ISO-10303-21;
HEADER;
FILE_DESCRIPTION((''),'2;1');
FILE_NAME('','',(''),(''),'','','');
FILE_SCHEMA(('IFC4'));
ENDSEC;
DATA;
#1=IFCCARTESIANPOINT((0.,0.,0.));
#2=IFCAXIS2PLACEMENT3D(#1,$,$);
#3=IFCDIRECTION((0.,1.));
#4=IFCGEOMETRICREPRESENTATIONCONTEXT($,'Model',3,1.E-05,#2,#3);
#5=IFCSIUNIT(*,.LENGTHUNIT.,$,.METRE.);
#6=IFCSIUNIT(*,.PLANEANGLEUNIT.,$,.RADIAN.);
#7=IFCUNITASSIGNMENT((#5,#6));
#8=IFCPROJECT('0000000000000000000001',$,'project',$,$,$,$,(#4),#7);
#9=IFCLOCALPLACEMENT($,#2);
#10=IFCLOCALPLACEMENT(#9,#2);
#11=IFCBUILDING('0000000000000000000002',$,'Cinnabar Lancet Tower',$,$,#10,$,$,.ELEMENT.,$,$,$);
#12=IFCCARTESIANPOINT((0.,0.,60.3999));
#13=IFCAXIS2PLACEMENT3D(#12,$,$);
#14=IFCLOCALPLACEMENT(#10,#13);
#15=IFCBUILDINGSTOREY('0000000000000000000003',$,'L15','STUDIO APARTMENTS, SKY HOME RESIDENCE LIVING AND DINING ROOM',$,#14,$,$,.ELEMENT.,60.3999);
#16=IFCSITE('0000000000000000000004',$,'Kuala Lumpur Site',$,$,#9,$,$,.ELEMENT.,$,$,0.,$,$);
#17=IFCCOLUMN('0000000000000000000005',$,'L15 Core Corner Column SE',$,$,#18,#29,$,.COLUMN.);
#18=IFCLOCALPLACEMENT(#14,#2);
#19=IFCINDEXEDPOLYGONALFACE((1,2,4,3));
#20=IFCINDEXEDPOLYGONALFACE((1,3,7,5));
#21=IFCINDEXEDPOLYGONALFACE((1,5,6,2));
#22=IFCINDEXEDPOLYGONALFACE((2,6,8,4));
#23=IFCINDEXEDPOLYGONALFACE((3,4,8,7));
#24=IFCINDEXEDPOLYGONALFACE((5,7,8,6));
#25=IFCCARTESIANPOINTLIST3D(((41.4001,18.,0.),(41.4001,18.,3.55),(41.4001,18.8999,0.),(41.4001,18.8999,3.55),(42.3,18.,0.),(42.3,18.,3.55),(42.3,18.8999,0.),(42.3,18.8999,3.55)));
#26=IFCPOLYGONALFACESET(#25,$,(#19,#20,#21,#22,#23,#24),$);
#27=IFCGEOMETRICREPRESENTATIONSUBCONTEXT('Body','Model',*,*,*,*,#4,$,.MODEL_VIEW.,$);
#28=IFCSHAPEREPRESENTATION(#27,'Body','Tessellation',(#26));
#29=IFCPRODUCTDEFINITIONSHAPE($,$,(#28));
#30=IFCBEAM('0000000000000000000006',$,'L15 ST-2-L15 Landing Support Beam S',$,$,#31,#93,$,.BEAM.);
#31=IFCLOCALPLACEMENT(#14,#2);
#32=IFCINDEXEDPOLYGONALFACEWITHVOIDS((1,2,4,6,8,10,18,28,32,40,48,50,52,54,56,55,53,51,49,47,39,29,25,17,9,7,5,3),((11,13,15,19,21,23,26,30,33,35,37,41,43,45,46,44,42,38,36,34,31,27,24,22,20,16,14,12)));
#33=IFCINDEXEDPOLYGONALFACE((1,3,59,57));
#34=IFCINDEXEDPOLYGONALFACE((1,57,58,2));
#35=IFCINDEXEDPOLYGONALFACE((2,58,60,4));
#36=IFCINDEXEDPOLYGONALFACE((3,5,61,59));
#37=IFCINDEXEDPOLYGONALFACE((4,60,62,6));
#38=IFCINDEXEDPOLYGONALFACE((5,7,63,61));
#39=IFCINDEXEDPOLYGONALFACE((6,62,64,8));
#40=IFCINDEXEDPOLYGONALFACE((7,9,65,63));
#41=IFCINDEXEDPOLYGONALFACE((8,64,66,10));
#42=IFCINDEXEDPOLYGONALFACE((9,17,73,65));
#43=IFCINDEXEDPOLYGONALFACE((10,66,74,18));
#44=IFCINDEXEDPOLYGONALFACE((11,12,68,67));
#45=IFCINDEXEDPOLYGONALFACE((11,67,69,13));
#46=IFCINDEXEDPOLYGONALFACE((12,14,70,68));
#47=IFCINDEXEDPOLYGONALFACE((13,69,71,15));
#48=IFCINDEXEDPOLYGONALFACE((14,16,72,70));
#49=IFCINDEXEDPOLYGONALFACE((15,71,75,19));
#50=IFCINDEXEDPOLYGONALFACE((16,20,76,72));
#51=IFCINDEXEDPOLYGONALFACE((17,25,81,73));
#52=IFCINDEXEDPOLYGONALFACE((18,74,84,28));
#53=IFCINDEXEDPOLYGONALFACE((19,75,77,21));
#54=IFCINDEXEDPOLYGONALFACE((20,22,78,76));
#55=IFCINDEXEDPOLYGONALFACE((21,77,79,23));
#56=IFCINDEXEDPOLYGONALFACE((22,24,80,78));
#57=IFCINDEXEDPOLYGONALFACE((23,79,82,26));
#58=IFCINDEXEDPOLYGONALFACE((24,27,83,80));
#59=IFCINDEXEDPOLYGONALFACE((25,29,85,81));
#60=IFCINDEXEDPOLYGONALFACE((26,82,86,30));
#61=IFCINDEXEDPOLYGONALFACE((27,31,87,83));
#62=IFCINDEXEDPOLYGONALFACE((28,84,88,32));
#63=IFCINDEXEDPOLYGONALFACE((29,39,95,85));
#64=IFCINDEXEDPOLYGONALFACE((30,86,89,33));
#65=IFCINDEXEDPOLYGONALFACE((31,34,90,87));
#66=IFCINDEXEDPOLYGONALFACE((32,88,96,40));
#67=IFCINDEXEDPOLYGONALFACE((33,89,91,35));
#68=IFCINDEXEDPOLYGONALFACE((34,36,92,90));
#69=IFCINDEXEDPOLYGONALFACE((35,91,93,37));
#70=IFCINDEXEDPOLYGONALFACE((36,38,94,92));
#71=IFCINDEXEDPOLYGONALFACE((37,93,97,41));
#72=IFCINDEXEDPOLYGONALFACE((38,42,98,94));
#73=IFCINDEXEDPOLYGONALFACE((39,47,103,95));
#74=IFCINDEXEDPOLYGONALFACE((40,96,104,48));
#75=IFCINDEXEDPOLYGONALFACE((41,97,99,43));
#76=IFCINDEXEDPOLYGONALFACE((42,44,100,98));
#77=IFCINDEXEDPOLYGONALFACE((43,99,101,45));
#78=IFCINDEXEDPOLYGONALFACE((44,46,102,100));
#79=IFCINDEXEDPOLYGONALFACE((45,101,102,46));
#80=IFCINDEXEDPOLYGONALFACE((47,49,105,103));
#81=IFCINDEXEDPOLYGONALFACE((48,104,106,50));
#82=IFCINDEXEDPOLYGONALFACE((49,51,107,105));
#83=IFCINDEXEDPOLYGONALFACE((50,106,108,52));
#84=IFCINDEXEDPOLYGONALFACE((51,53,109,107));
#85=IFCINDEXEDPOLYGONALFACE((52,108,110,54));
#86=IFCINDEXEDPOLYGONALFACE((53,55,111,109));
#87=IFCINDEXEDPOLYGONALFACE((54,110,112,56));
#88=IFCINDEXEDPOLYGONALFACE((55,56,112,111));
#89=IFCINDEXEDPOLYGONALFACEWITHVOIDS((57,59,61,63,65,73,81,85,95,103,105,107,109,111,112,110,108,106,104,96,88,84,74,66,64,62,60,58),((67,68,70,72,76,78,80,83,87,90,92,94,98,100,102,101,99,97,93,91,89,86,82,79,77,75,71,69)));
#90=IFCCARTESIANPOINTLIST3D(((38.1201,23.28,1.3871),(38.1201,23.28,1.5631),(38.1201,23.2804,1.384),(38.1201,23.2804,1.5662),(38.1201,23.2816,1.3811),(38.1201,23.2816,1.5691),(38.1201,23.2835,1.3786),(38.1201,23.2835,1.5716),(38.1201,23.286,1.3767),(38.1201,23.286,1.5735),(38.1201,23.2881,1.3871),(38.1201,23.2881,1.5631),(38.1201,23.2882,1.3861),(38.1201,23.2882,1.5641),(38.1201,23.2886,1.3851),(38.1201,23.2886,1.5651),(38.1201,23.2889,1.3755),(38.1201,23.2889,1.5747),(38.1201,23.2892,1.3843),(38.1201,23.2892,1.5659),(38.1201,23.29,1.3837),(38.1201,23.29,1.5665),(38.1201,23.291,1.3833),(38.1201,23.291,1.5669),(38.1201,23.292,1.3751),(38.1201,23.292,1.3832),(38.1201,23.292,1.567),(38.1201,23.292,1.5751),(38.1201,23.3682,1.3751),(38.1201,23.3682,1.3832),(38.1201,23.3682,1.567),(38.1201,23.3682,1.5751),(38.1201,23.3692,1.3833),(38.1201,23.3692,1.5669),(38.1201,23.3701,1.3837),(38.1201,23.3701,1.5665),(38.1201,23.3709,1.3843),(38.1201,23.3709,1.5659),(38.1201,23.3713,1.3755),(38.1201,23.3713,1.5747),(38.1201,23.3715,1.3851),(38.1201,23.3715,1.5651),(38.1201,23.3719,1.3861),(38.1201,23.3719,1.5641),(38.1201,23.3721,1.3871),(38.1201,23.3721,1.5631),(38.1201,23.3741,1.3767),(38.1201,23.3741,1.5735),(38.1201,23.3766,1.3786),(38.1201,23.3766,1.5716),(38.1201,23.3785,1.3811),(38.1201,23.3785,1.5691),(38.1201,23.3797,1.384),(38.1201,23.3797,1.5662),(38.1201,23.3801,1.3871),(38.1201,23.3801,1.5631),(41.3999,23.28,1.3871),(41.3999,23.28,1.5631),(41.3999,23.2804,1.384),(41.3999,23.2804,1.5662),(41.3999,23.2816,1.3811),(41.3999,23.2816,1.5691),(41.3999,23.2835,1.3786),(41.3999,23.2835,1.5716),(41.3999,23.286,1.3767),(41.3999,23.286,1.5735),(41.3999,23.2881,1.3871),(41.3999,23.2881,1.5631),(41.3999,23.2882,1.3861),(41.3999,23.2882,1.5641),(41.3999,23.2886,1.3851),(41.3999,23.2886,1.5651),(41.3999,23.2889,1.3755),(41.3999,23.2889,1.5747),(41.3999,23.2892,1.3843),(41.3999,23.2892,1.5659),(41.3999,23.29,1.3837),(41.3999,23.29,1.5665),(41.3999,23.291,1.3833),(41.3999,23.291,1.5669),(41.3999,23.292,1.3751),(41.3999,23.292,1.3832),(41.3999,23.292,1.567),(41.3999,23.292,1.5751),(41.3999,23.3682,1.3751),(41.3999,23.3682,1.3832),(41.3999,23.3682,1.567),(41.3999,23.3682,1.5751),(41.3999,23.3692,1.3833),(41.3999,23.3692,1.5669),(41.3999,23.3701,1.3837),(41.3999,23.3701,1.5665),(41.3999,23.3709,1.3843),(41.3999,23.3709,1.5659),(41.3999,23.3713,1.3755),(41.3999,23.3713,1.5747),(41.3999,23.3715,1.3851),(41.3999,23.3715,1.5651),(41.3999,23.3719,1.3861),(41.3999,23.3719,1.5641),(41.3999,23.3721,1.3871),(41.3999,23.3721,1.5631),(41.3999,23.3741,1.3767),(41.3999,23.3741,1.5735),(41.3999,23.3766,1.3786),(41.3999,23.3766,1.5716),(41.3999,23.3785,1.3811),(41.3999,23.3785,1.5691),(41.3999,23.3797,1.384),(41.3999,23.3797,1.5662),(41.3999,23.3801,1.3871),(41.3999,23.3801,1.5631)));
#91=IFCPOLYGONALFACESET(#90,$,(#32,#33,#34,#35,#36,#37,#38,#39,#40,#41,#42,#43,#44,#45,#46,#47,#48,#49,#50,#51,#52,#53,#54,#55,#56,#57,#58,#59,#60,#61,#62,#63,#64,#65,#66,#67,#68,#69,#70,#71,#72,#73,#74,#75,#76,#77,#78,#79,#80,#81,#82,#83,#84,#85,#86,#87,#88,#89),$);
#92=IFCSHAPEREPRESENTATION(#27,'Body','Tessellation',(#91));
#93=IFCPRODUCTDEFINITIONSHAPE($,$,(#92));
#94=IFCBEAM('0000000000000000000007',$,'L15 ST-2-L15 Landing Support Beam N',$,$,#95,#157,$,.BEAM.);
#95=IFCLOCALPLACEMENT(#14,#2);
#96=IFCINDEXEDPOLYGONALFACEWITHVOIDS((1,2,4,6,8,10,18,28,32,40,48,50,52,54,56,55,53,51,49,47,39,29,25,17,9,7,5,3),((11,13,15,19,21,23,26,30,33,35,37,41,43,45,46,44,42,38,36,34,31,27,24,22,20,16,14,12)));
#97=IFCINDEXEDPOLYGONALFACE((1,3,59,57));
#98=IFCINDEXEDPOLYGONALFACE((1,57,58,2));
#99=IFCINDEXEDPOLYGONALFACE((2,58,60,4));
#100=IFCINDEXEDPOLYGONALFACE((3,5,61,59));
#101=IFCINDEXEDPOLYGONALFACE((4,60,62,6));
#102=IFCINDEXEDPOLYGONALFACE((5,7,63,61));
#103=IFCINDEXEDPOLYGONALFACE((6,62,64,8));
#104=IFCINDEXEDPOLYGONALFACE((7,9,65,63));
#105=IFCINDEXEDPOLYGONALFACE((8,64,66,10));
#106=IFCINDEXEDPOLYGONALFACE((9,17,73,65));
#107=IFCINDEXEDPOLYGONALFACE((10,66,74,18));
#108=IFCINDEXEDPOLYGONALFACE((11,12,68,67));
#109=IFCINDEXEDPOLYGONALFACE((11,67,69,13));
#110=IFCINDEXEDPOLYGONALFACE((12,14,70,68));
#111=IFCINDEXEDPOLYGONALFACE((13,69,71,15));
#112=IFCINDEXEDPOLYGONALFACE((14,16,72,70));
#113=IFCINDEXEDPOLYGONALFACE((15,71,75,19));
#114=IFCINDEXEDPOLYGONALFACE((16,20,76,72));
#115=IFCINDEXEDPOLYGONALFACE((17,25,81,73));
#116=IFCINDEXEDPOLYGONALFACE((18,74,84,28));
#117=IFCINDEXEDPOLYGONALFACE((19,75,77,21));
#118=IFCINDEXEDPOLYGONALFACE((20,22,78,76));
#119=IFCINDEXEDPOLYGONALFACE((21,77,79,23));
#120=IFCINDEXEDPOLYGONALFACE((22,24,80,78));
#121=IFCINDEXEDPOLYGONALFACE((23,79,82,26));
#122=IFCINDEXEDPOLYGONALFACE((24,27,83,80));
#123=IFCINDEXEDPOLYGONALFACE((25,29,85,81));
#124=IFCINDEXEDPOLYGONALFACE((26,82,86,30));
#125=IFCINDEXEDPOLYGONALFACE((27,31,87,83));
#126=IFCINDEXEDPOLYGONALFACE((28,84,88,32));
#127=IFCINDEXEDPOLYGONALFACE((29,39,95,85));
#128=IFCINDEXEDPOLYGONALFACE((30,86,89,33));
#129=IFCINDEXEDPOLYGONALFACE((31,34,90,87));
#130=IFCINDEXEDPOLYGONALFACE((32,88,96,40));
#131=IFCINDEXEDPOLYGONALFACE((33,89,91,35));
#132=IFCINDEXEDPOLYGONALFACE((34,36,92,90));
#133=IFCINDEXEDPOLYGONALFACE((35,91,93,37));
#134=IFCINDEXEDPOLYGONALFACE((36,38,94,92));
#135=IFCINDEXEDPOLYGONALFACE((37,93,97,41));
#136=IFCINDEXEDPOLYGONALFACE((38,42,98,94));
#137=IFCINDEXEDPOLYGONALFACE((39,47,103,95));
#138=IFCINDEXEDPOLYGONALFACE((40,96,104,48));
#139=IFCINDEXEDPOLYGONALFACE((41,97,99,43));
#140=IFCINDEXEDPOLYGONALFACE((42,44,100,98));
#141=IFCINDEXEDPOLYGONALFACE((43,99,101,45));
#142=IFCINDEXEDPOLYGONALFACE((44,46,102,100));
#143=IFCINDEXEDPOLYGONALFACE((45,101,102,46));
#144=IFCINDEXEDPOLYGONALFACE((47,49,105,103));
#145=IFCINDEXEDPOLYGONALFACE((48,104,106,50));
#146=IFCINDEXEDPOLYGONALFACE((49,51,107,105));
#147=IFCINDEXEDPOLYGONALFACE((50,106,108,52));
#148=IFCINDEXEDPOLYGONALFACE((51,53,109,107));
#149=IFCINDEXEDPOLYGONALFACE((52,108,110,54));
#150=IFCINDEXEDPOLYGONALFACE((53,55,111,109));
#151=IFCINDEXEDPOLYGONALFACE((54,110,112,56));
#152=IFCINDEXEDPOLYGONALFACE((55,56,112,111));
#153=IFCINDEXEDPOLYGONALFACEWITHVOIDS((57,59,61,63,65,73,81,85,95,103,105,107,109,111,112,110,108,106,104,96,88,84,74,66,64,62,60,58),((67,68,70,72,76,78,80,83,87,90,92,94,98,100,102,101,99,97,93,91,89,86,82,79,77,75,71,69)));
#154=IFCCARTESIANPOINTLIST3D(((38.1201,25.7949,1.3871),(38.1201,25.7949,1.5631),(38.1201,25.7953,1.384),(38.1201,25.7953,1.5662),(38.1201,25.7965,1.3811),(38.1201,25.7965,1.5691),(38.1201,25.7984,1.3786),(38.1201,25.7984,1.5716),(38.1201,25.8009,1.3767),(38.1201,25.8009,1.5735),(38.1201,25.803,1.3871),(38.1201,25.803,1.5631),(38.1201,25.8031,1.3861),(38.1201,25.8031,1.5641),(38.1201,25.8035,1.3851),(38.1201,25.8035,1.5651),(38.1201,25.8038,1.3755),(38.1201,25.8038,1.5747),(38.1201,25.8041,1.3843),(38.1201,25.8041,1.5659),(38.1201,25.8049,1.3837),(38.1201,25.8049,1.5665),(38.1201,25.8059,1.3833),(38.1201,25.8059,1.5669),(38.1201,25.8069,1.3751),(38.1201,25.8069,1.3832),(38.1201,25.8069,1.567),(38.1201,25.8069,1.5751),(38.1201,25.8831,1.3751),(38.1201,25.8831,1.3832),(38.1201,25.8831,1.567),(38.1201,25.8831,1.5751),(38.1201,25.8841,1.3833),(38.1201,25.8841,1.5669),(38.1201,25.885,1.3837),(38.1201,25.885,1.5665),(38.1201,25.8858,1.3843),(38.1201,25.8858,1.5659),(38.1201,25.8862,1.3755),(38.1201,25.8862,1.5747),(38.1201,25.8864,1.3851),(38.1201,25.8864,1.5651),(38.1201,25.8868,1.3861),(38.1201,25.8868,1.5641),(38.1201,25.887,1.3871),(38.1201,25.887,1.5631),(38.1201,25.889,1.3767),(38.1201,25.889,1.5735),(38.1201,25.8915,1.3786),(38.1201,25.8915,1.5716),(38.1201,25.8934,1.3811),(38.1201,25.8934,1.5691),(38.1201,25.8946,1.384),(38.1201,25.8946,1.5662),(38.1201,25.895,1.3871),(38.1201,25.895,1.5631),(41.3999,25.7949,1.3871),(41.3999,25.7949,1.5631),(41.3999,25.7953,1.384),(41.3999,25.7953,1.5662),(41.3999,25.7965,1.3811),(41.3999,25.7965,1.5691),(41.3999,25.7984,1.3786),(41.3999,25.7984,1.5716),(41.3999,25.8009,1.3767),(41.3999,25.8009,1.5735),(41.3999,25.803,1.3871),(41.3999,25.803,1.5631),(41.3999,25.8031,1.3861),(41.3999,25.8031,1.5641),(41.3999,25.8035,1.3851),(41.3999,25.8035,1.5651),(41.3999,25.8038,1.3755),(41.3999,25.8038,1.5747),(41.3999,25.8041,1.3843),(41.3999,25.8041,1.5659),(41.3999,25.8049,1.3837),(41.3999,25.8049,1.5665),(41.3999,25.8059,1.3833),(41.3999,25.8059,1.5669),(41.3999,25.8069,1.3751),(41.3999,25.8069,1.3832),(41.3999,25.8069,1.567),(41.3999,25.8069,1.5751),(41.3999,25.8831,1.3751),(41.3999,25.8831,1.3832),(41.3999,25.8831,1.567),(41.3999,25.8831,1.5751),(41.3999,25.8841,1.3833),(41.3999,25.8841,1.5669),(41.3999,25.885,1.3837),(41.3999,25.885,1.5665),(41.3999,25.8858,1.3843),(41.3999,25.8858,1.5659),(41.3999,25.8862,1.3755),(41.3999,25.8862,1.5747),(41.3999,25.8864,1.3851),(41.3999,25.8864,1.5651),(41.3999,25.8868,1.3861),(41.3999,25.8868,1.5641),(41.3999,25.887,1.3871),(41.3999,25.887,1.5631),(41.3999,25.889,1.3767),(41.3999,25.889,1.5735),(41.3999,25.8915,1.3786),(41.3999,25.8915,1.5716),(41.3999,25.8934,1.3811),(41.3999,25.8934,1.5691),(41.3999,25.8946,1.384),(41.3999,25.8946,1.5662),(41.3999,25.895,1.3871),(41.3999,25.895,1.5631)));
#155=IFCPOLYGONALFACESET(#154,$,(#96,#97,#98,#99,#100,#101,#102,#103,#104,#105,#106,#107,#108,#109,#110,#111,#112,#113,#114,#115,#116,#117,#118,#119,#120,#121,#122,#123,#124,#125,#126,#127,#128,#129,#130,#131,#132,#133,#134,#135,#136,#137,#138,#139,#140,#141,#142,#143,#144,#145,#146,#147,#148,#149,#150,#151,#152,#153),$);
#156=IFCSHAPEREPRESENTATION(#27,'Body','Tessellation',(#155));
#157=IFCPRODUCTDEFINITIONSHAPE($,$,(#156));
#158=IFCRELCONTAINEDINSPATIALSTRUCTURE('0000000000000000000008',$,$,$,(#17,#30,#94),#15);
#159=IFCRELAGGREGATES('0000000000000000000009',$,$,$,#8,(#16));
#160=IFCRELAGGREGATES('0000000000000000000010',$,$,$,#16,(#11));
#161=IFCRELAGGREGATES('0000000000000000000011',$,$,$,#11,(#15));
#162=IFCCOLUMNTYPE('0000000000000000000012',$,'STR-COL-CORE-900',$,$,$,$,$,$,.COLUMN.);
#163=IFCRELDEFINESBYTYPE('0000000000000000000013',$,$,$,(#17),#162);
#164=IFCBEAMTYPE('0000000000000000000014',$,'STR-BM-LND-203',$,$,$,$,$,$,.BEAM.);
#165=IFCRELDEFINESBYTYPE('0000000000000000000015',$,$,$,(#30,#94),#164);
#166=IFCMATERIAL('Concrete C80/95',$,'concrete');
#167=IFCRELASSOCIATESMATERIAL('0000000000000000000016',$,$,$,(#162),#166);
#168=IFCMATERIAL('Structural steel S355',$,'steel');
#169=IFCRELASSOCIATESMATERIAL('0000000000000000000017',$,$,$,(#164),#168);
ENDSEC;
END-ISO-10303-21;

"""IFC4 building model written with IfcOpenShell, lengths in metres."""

from ifc_helpers import new_model, si_unit, direction, frame, origin, origin_2d, place, context, subcontext, project, spatial, rectangle, hollow_rectangle, extrude, material, material_profile, profile_set, type_object, element, save


model = new_model("IFC4")

# Units and contexts
model_context = context("Model", 3, precision=1e-05, world=origin(), true_north=direction((0.0, 1.0)))
body_context = subcontext(model_context, "Body", "Model", "MODEL_VIEW")
ifc_project = project(units=[si_unit("LENGTHUNIT", "METRE"), si_unit("PLANEANGLEUNIT", "RADIAN")], contexts=[model_context])

# Site, building, storey
site_placement = place(None, origin())
site = spatial("IfcSite", under=ifc_project, at=site_placement, Name="Kuala Lumpur Site", CompositionType="ELEMENT", RefElevation=0.0)
building_placement = place(site_placement, origin())
building = spatial("IfcBuilding", under=site, at=building_placement, Name="Cinnabar Lancet Tower", CompositionType="ELEMENT")
storey_placement = place(building_placement, frame((0.0, 0.0, 60.3999)))
storey = spatial("IfcBuildingStorey", under=building, at=storey_placement, Name="L15", Description="STUDIO APARTMENTS, SKY HOME RESIDENCE LIVING AND DINING ROOM", CompositionType="ELEMENT", Elevation=60.3999)

# Column
ifc_material_1 = material(Name="Concrete C80/95", Category="concrete")
ifc_material_profile_1 = material_profile(ifc_material_1, rectangle(XDim=0.8999, YDim=0.8999, at=origin_2d()), Name="RC-COL 900x900")
ifc_profile_set_1 = profile_set([ifc_material_profile_1], Name="Concrete C80/95")
column_type = type_object("IfcColumnType", Name="STR-COL-CORE-900", PredefinedType="COLUMN", material=ifc_profile_set_1)
column_placement = place(storey_placement, frame((41.8501, 18.45, 0.0), z_axis=(0.0, 0.0, 1.0), x_axis=(1.0, 0.0, 0.0)))
element("IfcColumn", 1, at=column_placement, inside=storey, type_object=column_type, Name="L15 Core Corner Column SE", PredefinedType="COLUMN", context=body_context, shape_type="SweptSolid", body=[
    extrude(rectangle(XDim=0.8999, YDim=0.8999, at=origin_2d()), origin(), (0.0, 0.0, 1.0), 3.55),
])

# Beams
ifc_material_2 = material(Name="Structural steel S355", Category="steel")
ifc_material_profile_2 = material_profile(ifc_material_2, hollow_rectangle(XDim=0.1001, YDim=0.2, WallThickness=0.0081, InnerFilletRadius=0.0039, OuterFilletRadius=0.012, at=origin_2d()), Name="RHS 200x100x8")
ifc_profile_set_2 = profile_set([ifc_material_profile_2], Name="Structural steel S355")
beam_type = type_object("IfcBeamType", Name="STR-BM-LND-203", PredefinedType="BEAM", material=ifc_profile_set_2)
for number, where, z_axis, x_axis, name in (
    (2, (38.1201, 23.3301, 1.4751), (1.0, 0.0, 0.0), (0.0, 1.0, 0.0), "L15 ST-2-L15 Landing Support Beam S"),
    (3, (38.1201, 25.845, 1.4751), (1.0, 0.0, 0.0), (0.0, 1.0, 0.0), "L15 ST-2-L15 Landing Support Beam N"),
):
    element("IfcBeam", number, at=place(storey_placement, frame(where, z_axis=z_axis, x_axis=x_axis)), inside=storey, type_object=beam_type, Name=name, PredefinedType="BEAM", context=body_context, shape_type="SweptSolid", body=[
        extrude(hollow_rectangle(XDim=0.1001, YDim=0.2, WallThickness=0.0081, InnerFilletRadius=0.0039, OuterFilletRadius=0.012, at=origin_2d()), origin(), (0.0, 0.0, 1.0), 3.2798),
    ])

save(model, "model.ifc")
